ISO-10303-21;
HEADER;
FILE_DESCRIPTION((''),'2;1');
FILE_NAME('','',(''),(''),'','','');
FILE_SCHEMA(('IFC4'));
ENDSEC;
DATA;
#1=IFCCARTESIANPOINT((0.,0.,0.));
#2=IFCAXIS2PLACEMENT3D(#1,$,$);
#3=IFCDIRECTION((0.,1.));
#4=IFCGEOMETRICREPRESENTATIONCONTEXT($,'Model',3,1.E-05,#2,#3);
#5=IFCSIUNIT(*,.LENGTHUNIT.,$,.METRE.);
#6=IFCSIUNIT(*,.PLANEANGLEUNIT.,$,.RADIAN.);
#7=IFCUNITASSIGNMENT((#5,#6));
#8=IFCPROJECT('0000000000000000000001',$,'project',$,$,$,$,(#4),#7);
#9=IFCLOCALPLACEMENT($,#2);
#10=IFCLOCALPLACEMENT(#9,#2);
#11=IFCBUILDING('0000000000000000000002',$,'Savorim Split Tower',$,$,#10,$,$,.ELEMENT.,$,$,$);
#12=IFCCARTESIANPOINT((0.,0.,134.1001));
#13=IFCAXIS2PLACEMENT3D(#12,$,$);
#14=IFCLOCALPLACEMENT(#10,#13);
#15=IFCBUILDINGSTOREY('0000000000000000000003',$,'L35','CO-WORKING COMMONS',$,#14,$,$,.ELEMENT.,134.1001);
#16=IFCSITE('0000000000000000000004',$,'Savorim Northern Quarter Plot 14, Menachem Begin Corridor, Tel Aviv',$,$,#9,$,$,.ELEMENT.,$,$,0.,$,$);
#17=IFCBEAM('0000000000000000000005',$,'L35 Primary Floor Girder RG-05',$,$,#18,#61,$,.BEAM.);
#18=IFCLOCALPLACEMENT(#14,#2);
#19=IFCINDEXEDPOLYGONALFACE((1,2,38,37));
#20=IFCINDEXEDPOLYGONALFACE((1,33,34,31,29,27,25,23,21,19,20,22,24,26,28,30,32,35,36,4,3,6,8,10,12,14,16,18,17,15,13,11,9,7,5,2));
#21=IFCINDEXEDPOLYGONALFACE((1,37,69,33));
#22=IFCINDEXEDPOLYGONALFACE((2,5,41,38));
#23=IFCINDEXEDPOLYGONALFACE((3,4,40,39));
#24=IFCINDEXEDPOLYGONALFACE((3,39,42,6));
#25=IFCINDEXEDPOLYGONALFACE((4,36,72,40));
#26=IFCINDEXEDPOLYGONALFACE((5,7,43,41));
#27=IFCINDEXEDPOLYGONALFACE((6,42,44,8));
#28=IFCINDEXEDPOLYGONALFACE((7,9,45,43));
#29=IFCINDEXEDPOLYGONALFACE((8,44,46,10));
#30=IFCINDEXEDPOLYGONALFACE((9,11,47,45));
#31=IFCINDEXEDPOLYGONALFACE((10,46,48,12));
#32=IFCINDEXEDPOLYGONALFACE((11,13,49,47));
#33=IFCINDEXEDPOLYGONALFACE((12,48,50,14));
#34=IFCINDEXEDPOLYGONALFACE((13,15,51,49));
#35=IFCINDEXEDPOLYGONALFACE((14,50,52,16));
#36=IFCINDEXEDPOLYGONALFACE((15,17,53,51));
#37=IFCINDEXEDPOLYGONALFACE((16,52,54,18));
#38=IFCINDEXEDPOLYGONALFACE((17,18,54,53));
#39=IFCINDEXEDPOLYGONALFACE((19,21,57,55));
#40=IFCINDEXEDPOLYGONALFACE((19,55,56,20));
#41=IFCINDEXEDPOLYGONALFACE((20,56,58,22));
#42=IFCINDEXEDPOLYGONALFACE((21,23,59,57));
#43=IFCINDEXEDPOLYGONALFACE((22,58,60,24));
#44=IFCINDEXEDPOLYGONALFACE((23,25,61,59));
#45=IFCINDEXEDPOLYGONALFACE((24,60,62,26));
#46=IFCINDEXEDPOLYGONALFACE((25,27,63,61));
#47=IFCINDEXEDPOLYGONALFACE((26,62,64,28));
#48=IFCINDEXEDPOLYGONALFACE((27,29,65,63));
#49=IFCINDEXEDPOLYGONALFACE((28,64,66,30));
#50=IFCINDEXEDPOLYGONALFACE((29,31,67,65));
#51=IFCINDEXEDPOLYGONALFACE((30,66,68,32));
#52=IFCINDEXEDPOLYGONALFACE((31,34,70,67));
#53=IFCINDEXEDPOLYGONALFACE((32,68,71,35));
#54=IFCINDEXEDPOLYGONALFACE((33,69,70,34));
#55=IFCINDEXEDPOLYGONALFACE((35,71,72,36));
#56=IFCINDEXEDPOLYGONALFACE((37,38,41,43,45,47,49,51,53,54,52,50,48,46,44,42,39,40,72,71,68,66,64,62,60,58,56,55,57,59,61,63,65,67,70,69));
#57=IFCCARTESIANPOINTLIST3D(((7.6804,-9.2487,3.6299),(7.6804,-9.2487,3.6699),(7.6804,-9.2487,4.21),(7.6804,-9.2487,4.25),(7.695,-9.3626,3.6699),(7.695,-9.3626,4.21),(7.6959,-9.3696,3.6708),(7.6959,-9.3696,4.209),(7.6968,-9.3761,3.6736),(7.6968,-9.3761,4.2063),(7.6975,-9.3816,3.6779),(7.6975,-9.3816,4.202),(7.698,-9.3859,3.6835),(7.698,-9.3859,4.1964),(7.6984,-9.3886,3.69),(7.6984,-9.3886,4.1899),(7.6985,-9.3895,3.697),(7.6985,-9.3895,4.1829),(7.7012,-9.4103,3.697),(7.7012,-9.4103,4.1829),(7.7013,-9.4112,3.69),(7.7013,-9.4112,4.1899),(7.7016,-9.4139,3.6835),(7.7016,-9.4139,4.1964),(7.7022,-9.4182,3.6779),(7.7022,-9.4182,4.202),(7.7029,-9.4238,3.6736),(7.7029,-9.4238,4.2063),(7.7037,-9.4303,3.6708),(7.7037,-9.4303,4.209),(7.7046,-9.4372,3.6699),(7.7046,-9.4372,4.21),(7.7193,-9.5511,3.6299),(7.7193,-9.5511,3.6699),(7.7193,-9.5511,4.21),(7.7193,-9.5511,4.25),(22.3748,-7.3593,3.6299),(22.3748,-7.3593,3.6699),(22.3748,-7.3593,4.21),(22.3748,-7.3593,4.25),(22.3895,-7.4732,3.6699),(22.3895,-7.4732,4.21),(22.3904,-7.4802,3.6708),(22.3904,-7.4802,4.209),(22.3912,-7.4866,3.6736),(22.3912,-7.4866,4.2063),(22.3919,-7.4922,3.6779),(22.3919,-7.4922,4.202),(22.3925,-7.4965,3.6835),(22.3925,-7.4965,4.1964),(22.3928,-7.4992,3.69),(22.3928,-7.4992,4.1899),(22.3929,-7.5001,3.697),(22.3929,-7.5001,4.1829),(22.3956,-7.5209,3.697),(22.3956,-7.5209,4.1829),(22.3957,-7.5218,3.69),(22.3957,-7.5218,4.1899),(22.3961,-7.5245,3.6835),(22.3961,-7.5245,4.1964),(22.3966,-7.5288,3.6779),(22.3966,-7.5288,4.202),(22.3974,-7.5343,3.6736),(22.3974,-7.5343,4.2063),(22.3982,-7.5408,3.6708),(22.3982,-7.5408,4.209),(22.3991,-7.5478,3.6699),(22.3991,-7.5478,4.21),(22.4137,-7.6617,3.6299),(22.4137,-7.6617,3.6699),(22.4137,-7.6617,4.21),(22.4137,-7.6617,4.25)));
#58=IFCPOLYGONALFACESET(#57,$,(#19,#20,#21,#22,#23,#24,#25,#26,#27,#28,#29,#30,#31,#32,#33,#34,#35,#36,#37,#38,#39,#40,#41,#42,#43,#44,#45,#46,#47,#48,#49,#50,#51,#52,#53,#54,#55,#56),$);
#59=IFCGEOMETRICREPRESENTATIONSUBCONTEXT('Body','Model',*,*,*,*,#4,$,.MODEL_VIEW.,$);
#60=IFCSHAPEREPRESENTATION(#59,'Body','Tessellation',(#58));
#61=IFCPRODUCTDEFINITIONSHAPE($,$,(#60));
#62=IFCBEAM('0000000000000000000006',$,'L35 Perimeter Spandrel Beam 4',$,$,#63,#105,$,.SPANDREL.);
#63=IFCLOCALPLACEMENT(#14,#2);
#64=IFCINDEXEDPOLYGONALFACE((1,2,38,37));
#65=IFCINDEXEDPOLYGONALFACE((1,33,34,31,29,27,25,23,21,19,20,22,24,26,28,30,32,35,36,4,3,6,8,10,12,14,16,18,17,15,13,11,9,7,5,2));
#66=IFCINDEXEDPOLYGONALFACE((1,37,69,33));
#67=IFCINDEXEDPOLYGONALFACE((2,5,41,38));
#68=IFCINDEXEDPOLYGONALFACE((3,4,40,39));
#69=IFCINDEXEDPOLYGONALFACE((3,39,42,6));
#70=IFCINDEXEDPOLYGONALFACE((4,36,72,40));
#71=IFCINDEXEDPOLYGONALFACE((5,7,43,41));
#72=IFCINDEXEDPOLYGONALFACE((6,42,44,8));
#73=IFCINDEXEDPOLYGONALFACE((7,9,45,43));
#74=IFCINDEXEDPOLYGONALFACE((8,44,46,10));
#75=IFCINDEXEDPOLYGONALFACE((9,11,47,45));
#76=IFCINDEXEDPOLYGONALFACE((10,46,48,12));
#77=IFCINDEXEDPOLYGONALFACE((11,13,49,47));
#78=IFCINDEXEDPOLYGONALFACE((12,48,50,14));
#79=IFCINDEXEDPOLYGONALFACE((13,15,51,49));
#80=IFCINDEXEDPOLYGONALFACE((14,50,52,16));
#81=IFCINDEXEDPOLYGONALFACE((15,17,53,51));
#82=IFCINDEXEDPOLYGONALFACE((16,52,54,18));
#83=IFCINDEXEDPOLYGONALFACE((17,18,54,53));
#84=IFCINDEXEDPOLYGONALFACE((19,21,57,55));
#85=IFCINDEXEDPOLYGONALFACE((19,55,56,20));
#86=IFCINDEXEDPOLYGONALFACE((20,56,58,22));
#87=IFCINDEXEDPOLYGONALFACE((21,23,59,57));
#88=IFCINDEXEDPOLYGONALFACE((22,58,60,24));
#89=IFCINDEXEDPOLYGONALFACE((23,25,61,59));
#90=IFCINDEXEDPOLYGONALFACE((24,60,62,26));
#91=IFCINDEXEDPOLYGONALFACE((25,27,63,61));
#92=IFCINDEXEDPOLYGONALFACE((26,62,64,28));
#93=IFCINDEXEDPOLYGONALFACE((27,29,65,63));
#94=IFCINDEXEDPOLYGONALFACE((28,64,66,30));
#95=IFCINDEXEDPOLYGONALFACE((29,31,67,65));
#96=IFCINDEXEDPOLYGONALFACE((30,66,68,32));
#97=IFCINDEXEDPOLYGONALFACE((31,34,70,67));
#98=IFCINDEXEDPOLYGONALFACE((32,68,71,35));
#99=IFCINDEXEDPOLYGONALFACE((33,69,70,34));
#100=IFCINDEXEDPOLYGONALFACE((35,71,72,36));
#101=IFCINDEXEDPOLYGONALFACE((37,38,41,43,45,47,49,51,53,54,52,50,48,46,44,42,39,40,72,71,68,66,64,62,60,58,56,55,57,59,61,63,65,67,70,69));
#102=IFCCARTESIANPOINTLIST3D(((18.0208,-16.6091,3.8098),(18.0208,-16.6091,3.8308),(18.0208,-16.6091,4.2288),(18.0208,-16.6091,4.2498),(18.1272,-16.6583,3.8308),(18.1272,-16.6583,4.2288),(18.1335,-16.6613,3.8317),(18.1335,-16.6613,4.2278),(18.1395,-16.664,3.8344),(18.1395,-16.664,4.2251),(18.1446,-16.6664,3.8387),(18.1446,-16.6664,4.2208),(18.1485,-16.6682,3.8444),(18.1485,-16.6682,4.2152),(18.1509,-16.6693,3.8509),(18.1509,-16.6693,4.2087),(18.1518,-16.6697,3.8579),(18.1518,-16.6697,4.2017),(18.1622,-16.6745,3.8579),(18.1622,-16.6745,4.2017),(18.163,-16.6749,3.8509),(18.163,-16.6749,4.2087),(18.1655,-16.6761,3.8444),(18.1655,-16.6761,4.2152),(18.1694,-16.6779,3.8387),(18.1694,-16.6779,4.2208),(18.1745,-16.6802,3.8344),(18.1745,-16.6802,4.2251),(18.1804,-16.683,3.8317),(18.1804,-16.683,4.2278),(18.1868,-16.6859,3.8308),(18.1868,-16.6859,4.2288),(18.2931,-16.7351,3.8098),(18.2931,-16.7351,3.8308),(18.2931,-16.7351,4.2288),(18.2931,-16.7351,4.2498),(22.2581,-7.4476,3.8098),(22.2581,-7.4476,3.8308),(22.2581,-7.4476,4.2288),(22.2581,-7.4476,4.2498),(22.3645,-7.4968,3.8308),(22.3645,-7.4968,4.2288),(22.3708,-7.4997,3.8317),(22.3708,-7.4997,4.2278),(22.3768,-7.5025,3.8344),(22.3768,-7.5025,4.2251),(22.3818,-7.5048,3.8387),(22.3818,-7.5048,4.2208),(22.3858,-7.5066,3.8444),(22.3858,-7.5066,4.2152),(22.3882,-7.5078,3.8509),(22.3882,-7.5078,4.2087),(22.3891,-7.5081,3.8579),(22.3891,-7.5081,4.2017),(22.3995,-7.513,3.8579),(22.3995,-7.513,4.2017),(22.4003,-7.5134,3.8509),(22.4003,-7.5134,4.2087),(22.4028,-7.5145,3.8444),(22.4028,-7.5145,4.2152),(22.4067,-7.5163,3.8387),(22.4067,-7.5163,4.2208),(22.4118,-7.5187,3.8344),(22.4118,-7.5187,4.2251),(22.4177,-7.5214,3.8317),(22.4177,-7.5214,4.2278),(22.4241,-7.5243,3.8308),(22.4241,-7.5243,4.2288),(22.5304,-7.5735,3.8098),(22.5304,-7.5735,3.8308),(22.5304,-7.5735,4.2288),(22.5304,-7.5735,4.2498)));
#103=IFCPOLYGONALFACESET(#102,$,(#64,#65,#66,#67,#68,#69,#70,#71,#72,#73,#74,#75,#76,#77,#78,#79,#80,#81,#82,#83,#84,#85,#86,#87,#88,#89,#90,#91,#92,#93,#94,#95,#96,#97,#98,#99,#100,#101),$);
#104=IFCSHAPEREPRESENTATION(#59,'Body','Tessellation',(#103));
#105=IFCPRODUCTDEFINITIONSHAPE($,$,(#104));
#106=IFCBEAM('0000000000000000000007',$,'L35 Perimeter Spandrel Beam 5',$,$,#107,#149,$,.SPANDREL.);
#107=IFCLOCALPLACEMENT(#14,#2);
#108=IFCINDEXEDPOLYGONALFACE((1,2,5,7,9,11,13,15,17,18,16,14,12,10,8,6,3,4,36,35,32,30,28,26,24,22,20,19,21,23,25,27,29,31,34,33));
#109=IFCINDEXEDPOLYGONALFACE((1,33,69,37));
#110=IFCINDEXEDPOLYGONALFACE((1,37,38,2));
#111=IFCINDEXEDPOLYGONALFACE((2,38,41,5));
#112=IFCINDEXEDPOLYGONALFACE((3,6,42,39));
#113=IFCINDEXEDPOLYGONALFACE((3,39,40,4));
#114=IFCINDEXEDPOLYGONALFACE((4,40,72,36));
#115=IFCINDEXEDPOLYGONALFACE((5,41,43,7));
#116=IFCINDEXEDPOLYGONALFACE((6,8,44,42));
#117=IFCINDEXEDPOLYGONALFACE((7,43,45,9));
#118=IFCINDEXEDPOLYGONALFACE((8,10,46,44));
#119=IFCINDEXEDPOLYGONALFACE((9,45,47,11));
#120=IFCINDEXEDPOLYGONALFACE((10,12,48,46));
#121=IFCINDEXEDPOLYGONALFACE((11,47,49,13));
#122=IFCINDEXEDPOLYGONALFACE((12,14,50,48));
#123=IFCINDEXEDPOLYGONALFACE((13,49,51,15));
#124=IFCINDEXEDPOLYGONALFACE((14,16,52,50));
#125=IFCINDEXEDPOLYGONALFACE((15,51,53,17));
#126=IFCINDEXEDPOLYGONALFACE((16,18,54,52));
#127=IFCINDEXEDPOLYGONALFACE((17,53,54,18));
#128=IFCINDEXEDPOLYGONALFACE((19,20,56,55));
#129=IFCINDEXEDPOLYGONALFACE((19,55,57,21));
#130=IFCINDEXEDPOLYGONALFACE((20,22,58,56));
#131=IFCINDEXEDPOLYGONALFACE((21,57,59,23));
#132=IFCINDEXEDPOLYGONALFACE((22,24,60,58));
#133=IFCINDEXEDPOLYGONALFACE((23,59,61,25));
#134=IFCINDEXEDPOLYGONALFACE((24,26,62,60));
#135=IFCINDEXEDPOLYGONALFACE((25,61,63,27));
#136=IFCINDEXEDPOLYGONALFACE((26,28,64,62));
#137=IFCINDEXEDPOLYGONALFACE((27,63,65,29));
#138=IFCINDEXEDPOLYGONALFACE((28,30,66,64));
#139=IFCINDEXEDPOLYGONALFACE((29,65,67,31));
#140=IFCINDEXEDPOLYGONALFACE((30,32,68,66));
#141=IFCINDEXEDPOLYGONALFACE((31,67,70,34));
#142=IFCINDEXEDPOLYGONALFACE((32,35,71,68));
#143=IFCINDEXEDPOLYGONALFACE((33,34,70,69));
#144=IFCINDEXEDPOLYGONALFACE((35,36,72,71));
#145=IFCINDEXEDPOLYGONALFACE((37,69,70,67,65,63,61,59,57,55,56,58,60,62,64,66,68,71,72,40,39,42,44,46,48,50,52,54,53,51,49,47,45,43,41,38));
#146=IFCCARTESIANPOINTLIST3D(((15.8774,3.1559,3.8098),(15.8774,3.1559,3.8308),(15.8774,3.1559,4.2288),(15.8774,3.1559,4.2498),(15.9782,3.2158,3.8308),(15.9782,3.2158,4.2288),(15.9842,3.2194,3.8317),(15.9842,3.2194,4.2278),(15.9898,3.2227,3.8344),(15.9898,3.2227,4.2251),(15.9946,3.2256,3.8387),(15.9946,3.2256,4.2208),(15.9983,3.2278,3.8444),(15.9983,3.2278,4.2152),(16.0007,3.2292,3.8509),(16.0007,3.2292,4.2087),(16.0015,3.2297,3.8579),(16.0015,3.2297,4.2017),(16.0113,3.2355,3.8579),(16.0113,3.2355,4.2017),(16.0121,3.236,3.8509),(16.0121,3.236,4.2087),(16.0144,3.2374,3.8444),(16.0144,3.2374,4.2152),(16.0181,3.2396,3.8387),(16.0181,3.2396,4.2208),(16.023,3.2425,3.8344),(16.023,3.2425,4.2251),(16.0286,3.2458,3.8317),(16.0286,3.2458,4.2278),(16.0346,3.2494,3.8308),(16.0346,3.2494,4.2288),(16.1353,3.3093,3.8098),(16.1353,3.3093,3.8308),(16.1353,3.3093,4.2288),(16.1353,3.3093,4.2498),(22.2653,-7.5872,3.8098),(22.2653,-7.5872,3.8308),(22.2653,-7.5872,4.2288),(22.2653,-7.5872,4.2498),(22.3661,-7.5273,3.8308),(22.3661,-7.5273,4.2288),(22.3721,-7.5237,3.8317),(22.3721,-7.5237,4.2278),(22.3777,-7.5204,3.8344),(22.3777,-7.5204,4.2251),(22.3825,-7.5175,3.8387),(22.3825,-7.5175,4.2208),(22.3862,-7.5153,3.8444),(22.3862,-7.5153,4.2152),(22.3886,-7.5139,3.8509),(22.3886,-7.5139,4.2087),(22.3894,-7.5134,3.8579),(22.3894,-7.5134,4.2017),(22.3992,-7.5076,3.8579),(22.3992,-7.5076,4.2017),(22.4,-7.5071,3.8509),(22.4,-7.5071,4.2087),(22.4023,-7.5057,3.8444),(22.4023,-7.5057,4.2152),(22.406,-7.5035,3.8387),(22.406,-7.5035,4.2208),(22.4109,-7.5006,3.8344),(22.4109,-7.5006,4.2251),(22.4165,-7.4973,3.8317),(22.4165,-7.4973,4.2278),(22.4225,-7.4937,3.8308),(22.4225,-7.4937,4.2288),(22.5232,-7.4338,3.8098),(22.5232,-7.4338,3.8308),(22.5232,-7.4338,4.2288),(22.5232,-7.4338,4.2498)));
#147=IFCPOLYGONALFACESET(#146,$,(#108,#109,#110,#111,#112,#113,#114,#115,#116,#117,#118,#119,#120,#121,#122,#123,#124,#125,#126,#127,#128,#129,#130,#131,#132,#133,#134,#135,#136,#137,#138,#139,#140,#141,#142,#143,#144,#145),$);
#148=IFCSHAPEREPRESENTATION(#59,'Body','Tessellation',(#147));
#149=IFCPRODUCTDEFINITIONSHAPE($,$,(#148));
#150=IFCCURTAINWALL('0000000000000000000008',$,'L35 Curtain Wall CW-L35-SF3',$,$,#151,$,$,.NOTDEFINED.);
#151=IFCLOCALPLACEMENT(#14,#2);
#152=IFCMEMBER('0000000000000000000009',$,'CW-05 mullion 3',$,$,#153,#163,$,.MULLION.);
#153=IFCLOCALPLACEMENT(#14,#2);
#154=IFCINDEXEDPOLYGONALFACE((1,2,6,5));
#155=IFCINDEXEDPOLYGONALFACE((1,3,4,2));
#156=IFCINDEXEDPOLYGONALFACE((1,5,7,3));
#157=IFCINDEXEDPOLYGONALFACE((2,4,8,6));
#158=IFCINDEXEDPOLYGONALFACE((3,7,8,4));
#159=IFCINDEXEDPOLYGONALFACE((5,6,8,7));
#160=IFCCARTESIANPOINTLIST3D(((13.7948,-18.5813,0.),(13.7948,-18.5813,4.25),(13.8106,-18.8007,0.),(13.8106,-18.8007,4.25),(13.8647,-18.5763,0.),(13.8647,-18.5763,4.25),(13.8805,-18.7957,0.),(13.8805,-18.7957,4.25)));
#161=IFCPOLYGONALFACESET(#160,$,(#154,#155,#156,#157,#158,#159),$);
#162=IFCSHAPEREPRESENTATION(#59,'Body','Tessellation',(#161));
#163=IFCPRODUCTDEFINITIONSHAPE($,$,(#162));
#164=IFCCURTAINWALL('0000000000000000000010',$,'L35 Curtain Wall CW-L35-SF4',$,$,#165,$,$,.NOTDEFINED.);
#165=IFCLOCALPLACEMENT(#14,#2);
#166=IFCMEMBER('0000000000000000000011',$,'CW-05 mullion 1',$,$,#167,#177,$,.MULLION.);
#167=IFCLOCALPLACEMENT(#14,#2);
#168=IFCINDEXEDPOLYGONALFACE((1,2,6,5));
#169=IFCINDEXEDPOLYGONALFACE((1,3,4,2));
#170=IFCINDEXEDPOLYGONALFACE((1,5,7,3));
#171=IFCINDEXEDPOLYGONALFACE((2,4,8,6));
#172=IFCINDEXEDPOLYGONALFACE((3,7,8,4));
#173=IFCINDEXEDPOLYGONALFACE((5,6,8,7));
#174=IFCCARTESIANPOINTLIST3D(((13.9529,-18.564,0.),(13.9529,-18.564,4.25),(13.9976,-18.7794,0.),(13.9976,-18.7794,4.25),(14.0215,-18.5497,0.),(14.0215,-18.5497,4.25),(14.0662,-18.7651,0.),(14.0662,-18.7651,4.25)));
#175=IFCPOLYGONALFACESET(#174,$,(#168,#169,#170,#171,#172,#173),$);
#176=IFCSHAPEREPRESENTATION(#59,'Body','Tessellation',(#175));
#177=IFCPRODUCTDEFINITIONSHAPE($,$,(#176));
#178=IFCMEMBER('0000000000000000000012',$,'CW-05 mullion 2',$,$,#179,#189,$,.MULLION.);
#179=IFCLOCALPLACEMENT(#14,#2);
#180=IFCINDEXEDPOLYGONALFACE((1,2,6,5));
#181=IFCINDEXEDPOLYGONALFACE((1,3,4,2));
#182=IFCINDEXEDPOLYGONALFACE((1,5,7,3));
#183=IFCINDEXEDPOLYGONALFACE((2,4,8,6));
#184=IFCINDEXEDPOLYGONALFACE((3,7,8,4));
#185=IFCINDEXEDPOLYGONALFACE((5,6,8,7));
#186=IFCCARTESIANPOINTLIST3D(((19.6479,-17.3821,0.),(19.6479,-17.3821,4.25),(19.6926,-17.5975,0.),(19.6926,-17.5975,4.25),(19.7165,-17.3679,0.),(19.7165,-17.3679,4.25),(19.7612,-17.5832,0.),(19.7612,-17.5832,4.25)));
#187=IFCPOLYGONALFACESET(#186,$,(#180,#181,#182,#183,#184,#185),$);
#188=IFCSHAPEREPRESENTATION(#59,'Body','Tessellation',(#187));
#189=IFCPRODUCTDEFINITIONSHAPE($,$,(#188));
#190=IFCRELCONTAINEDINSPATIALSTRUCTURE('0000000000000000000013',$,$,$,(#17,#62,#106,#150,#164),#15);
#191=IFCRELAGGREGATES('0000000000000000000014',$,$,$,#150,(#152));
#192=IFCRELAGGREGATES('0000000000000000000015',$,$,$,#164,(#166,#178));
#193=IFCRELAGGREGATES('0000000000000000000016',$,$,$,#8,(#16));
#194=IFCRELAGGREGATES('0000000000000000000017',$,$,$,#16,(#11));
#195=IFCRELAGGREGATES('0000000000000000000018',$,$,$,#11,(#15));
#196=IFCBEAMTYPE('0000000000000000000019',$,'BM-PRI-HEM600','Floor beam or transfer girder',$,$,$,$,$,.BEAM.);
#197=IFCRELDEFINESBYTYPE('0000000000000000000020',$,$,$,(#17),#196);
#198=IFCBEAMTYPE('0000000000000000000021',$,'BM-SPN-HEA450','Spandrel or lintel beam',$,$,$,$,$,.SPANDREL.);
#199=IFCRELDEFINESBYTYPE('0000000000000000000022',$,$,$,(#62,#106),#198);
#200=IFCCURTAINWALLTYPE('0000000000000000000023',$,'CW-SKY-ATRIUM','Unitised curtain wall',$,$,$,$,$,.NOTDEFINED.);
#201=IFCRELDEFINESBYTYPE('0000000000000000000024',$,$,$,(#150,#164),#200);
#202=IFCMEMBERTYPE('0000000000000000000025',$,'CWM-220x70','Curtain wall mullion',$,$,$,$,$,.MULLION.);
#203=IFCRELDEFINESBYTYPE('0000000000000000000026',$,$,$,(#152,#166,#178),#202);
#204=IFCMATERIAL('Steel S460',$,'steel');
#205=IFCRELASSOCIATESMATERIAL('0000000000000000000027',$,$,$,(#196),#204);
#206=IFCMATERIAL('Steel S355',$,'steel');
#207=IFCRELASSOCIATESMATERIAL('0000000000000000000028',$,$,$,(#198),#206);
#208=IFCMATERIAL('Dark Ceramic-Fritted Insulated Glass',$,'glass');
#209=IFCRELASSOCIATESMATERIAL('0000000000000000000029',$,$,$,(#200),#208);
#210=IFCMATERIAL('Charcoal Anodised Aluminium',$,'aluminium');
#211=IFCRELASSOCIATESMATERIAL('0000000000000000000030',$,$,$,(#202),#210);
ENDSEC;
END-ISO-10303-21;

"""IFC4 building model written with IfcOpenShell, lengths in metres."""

from ifc_helpers import new_model, si_unit, direction, frame, origin, origin_2d, place, context, subcontext, project, spatial, rectangle, i_section, extrude, material, material_profile, profile_set, type_object, element, aggregate, save


model = new_model("IFC4")

# Units and contexts
model_context = context("Model", 3, precision=1e-05, world=origin(), true_north=direction((0.0, 1.0)))
body_context = subcontext(model_context, "Body", "Model", "MODEL_VIEW")
ifc_project = project(units=[si_unit("LENGTHUNIT", "METRE"), si_unit("PLANEANGLEUNIT", "RADIAN")], contexts=[model_context])

# Site, building, storey
site_placement = place(None, origin())
site = spatial("IfcSite", under=ifc_project, at=site_placement, Name="Savorim Northern Quarter Plot 14, Menachem Begin Corridor, Tel Aviv", CompositionType="ELEMENT", RefElevation=0.0)
building_placement = place(site_placement, origin())
building = spatial("IfcBuilding", under=site, at=building_placement, Name="Savorim Split Tower", CompositionType="ELEMENT")
storey_placement = place(building_placement, frame((0.0, 0.0, 134.1001)))
storey = spatial("IfcBuildingStorey", under=building, at=storey_placement, Name="L35", Description="CO-WORKING COMMONS", CompositionType="ELEMENT", Elevation=134.1001)

# Shared definitions
ifc_material_1 = material(Name="Steel S460", Category="steel")

# Beams
ifc_material_2 = material(Name="Steel S355", Category="steel")
ifc_material_profile_1 = material_profile(ifc_material_1, i_section(OverallWidth=0.3049, OverallDepth=0.6201, WebThickness=0.021, FlangeThickness=0.04, FilletRadius=0.0271, at=origin_2d()), Name="HE 600 M")
ifc_profile_set_1 = profile_set([ifc_material_profile_1], Name="Steel S460")
beam_type_1 = type_object("IfcBeamType", Name="BM-PRI-HEM600", Description="Floor beam or transfer girder", PredefinedType="BEAM", material=ifc_profile_set_1)
beam_1_placement = place(storey_placement, frame((22.3943, -7.5105, 3.9399), z_axis=(-0.991835, -0.127531, 0.0), x_axis=(0.127531, -0.991835, 0.0)))
element("IfcBeam", 1, at=beam_1_placement, inside=storey, type_object=beam_type_1, Name="L35 Primary Floor Girder RG-05", PredefinedType="BEAM", context=body_context, shape_type="SweptSolid", body=[
    extrude(i_section(OverallWidth=0.3049, OverallDepth=0.6201, WebThickness=0.021, FlangeThickness=0.04, FilletRadius=0.0271, at=origin_2d()), origin(), (0.0, 0.0, 1.0), 14.8154),
])
ifc_material_profile_2 = material_profile(ifc_material_2, i_section(OverallWidth=0.3, OverallDepth=0.4399, WebThickness=0.0115, FlangeThickness=0.021, FilletRadius=0.0271, at=origin_2d()), Name="HEA 450")
ifc_profile_set_2 = profile_set([ifc_material_profile_2], Name="Steel S355")
beam_type_2 = type_object("IfcBeamType", Name="BM-SPN-HEA450", Description="Spandrel or lintel beam", PredefinedType="SPANDREL", material=ifc_profile_set_2)
beam_2_placement = place(storey_placement, frame((18.157, -16.6721, 4.0298), z_axis=(0.419782, 0.907625, 0.0), x_axis=(-0.907625, 0.419782, 0.0)))
element("IfcBeam", 2, at=beam_2_placement, inside=storey, type_object=beam_type_2, Name="L35 Perimeter Spandrel Beam 4", PredefinedType="SPANDREL", context=body_context, shape_type="SweptSolid", body=[
    extrude(i_section(OverallWidth=0.3, OverallDepth=0.4399, WebThickness=0.0115, FlangeThickness=0.021, FilletRadius=0.0271, at=origin_2d()), origin(), (0.0, 0.0, 1.0), 10.094),
])
beam_3_placement = place(storey_placement, frame((22.3943, -7.5105, 4.0298), z_axis=(-0.511082, 0.859532, 0.0), x_axis=(-0.859532, -0.511082, 0.0)))
element("IfcBeam", 3, at=beam_3_placement, inside=storey, type_object=beam_type_2, Name="L35 Perimeter Spandrel Beam 5", PredefinedType="SPANDREL", context=body_context, shape_type="SweptSolid", body=[
    extrude(i_section(OverallWidth=0.3, OverallDepth=0.4399, WebThickness=0.0115, FlangeThickness=0.021, FilletRadius=0.0271, at=origin_2d()), origin(), (0.0, 0.0, 1.0), 12.4988),
])

# Curtain wall, member
ifc_material_3 = material(Name="Dark Ceramic-Fritted Insulated Glass", Category="glass")
curtain_wall_type = type_object("IfcCurtainWallType", Name="CW-SKY-ATRIUM", Description="Unitised curtain wall", PredefinedType="NOTDEFINED", material=ifc_material_3)
curtain_wall_1_placement = place(storey_placement, origin())
curtain_wall_1 = element("IfcCurtainWall", 4, at=curtain_wall_1_placement, inside=storey, type_object=curtain_wall_type, Name="L35 Curtain Wall CW-L35-SF3", PredefinedType="NOTDEFINED")
ifc_material_4 = material(Name="Charcoal Anodised Aluminium", Category="aluminium")
ifc_material_profile_3 = material_profile(ifc_material_4, rectangle(XDim=0.22, YDim=0.0701, at=origin_2d()), Name="ALU-M 220x70")
ifc_profile_set_3 = profile_set([ifc_material_profile_3], Name="Charcoal Anodised Aluminium")
member_type_1 = type_object("IfcMemberType", Name="CWM-220x70", Description="Curtain wall mullion", PredefinedType="MULLION", material=ifc_profile_set_3)
member_1_placement = place(storey_placement, frame((13.8376, -18.6885, 0.0), z_axis=(0.0, 0.0, 1.0), x_axis=(-0.071561, 0.997436, 0.0)))
member_1 = element("IfcMember", 5, at=member_1_placement, type_object=member_type_1, Name="CW-05 mullion 3", PredefinedType="MULLION", context=body_context, shape_type="SweptSolid", body=[
    extrude(rectangle(XDim=0.22, YDim=0.0701, at=origin_2d()), origin(), (0.0, 0.0, 1.0), 4.25),
])
aggregate(curtain_wall_1, [member_1])

# Curtain wall, members
curtain_wall_2_placement = place(storey_placement, origin())
curtain_wall_2 = element("IfcCurtainWall", 6, at=curtain_wall_2_placement, inside=storey, type_object=curtain_wall_type, Name="L35 Curtain Wall CW-L35-SF4", PredefinedType="NOTDEFINED")
member_2_placement = place(storey_placement, frame((14.0095, -18.6646, 0.0), z_axis=(0.0, 0.0, 1.0), x_axis=(-0.20321, 0.979135, 0.0)))
member_2 = element("IfcMember", 7, at=member_2_placement, type_object=member_type_1, Name="CW-05 mullion 1", PredefinedType="MULLION", context=body_context, shape_type="SweptSolid", body=[
    extrude(rectangle(XDim=0.22, YDim=0.0701, at=origin_2d()), origin(), (0.0, 0.0, 1.0), 4.25),
])
member_3_placement = place(storey_placement, frame((19.7046, -17.4827, 0.0), z_axis=(0.0, 0.0, 1.0), x_axis=(-0.20321, 0.979135, 0.0)))
member_3 = element("IfcMember", 8, at=member_3_placement, type_object=member_type_1, Name="CW-05 mullion 2", PredefinedType="MULLION", context=body_context, shape_type="SweptSolid", body=[
    extrude(rectangle(XDim=0.22, YDim=0.0701, at=origin_2d()), origin(), (0.0, 0.0, 1.0), 4.25),
])

aggregate(curtain_wall_2, [member_2, member_3])

save(model, "model.ifc")
